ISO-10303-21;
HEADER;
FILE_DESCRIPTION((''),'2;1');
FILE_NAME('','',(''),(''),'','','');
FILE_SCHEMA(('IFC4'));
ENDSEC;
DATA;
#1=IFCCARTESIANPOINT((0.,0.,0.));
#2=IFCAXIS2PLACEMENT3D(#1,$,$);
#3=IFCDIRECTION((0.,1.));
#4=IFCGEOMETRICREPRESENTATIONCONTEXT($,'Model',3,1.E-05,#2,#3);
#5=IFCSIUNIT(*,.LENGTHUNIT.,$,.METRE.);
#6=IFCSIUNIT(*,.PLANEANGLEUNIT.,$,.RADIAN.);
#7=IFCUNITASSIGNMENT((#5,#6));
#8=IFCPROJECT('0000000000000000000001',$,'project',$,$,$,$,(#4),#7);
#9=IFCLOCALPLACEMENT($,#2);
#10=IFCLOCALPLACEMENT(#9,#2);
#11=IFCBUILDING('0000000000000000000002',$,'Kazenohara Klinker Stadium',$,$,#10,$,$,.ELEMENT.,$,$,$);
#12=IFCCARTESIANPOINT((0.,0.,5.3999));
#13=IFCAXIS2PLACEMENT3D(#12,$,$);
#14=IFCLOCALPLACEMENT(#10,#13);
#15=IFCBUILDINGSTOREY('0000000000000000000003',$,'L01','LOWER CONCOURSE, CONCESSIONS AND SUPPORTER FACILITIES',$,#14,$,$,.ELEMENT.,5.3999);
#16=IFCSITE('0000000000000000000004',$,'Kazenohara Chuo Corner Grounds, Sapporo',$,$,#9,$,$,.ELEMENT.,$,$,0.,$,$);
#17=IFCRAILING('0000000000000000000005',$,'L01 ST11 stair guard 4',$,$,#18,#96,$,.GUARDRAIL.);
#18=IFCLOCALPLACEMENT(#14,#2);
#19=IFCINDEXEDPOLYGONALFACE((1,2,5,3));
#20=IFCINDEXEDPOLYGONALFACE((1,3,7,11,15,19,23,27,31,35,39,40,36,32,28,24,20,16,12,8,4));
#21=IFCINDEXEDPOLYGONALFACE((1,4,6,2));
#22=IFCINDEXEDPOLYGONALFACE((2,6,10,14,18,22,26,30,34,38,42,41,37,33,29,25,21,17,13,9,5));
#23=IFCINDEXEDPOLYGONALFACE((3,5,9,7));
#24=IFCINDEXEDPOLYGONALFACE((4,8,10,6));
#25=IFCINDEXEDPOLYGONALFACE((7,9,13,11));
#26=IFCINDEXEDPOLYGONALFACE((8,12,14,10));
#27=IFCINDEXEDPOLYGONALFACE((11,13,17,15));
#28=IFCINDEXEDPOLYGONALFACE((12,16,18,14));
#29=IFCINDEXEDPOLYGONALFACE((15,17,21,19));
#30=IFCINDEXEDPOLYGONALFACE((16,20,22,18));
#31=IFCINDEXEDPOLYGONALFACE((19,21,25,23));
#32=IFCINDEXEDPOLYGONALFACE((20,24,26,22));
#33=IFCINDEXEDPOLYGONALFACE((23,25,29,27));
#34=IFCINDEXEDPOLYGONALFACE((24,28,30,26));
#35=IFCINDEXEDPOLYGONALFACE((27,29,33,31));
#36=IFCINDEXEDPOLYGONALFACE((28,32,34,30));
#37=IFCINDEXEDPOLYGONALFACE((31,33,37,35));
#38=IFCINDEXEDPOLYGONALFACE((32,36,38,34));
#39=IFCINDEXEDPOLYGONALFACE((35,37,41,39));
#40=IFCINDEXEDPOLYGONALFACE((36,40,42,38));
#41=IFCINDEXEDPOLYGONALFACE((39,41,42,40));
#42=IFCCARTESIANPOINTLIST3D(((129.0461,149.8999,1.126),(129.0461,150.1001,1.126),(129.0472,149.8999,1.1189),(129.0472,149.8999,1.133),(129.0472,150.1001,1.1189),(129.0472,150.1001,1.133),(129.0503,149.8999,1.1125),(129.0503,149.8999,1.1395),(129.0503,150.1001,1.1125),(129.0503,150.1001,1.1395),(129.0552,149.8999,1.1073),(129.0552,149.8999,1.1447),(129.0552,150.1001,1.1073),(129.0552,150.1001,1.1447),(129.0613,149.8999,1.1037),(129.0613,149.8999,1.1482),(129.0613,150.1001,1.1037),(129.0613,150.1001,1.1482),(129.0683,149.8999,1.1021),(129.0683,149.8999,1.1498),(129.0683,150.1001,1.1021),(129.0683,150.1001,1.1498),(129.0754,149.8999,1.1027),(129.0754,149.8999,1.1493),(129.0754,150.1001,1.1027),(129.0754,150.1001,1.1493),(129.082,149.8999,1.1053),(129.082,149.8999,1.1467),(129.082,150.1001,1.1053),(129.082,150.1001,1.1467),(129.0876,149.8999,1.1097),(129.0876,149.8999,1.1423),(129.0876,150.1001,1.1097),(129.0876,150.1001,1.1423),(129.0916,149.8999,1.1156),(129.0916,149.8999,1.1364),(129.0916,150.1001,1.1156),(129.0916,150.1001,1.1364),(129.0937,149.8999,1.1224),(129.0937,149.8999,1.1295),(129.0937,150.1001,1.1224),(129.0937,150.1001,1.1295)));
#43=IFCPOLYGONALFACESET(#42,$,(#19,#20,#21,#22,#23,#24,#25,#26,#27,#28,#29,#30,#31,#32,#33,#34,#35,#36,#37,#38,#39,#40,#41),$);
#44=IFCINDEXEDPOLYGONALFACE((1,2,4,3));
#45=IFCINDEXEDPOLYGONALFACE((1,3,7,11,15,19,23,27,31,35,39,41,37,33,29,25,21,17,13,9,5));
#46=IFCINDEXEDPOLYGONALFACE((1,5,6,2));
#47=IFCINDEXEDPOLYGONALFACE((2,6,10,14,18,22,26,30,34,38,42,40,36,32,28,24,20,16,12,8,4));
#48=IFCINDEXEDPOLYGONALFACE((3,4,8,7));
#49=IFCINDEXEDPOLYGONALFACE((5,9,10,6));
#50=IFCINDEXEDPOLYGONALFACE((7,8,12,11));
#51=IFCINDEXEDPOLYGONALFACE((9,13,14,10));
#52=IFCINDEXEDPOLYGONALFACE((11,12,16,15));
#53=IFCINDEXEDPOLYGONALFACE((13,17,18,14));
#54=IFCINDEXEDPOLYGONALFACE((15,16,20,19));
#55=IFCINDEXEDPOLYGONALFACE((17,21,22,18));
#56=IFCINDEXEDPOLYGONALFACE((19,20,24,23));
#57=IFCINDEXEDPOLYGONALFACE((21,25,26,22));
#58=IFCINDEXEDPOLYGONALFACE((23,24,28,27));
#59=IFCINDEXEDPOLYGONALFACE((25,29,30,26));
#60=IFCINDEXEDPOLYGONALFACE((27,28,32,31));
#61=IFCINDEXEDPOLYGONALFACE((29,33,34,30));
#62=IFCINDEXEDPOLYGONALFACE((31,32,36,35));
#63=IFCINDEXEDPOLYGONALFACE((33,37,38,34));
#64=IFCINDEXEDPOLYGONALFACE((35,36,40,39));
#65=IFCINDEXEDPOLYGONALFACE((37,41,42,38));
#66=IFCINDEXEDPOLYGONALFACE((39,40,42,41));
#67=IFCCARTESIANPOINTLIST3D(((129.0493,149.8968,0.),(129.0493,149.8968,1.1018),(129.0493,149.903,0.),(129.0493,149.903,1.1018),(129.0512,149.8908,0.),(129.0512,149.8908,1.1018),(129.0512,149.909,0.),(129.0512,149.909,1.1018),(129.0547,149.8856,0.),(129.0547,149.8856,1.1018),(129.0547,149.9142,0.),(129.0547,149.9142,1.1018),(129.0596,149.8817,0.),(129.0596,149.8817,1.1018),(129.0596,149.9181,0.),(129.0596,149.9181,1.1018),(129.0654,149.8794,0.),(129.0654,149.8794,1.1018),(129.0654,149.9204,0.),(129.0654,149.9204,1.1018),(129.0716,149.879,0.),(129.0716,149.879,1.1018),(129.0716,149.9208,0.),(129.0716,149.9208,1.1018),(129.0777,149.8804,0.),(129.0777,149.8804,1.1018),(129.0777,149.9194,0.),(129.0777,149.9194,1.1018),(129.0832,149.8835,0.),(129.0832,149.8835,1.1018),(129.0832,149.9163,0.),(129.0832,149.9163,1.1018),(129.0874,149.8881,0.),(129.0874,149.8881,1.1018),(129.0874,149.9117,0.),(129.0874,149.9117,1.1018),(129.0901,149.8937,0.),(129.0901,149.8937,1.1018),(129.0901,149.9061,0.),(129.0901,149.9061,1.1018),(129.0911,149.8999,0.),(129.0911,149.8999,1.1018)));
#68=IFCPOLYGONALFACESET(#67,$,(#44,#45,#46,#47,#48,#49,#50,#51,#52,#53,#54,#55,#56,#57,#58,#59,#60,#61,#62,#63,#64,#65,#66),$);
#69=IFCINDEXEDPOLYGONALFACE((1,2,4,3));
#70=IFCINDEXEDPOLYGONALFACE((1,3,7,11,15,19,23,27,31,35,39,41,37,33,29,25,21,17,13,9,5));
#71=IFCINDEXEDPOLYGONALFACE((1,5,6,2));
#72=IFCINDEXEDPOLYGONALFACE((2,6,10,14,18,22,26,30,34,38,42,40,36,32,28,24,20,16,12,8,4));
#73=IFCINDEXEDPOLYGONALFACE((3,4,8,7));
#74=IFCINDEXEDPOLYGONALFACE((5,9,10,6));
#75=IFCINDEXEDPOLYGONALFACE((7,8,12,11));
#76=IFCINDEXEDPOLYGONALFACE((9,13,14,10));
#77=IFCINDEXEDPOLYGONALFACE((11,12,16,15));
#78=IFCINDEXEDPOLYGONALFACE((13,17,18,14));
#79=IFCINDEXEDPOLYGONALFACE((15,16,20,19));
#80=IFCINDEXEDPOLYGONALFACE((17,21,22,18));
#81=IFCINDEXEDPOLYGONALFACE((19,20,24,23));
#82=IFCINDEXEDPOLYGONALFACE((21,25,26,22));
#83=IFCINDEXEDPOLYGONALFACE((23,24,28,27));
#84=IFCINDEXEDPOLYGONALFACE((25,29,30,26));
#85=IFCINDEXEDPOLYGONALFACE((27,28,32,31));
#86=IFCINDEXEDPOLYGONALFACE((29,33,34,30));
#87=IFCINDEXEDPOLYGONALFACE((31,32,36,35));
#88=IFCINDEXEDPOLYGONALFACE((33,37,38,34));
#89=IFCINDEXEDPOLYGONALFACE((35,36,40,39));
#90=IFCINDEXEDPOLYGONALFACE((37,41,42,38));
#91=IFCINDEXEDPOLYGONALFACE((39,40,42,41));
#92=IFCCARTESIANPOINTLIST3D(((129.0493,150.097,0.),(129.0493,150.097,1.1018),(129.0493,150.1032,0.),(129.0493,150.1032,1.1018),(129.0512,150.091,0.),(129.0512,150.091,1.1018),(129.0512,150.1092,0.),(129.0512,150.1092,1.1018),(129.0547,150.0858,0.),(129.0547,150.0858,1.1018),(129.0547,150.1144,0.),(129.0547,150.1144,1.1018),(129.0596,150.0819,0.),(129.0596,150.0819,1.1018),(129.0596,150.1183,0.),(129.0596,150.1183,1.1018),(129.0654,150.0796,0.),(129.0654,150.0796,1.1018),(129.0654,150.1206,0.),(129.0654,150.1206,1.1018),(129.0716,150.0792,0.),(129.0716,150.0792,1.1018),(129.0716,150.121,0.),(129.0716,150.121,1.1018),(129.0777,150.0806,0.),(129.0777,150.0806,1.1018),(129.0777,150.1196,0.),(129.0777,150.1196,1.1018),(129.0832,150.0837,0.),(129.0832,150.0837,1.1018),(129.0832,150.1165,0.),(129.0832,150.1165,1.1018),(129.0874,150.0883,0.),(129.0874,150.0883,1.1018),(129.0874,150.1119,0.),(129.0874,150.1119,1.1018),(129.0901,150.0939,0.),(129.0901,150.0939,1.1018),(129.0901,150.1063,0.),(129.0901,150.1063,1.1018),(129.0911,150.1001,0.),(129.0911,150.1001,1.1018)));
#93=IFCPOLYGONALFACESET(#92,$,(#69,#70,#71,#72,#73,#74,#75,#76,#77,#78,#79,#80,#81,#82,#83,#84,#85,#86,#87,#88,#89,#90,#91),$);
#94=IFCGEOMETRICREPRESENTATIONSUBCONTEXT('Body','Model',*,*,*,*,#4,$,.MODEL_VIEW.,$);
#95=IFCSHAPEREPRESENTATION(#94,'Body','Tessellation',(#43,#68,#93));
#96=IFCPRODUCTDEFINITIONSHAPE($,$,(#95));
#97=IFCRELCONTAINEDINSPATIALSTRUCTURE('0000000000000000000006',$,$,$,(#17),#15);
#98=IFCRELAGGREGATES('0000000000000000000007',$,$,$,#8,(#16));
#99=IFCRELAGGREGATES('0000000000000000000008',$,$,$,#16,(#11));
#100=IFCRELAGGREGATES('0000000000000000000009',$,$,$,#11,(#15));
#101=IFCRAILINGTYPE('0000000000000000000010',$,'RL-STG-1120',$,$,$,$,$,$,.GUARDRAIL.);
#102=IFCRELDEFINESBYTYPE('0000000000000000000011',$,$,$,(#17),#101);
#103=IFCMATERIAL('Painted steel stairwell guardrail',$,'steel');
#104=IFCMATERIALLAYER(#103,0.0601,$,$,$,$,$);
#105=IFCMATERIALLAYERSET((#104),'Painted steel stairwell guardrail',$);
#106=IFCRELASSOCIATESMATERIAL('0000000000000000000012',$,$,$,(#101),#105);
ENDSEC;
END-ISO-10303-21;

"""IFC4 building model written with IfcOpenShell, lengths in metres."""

from ifc_helpers import new_model, si_unit, direction, frame, origin, origin_2d, place, context, subcontext, project, spatial, circle, extrude, material, layer, layer_set, type_object, element, save


model = new_model("IFC4")

# Units and contexts
model_context = context("Model", 3, precision=1e-05, world=origin(), true_north=direction((0.0, 1.0)))
body_context = subcontext(model_context, "Body", "Model", "MODEL_VIEW")
ifc_project = project(units=[si_unit("LENGTHUNIT", "METRE"), si_unit("PLANEANGLEUNIT", "RADIAN")], contexts=[model_context])

# Site, building, storey
site_placement = place(None, origin())
site = spatial("IfcSite", under=ifc_project, at=site_placement, Name="Kazenohara Chuo Corner Grounds, Sapporo", CompositionType="ELEMENT", RefElevation=0.0)
building_placement = place(site_placement, origin())
building = spatial("IfcBuilding", under=site, at=building_placement, Name="Kazenohara Klinker Stadium", CompositionType="ELEMENT")
storey_placement = place(building_placement, frame((0.0, 0.0, 5.3999)))
storey = spatial("IfcBuildingStorey", under=building, at=storey_placement, Name="L01", Description="LOWER CONCOURSE, CONCESSIONS AND SUPPORTER FACILITIES", CompositionType="ELEMENT", Elevation=5.3999)

# Railing
ifc_material_1 = material(Name="Painted steel stairwell guardrail", Category="steel")
ifc_layer_1 = layer(ifc_material_1, 0.0601)
ifc_layer_set_1 = layer_set([ifc_layer_1], Name="Painted steel stairwell guardrail")
railing_type_1 = type_object("IfcRailingType", Name="RL-STG-1120", PredefinedType="GUARDRAIL", material=ifc_layer_set_1)
railing_1_placement = place(storey_placement, frame((129.0701, 149.8999, 0.0)))
element("IfcRailing", 1, at=railing_1_placement, inside=storey, type_object=railing_type_1, Name="L01 ST11 stair guard 4", PredefinedType="GUARDRAIL", context=body_context, shape_type="SweptSolid", body=[
    extrude(circle(Radius=0.0239, at=origin_2d()), frame((0.0, 0.0, 1.126), z_axis=(0.0, 1.0, 0.0), x_axis=(-1.0, 0.0, 0.0)), (0.0, 0.0, 1.0), 0.2002),
    extrude(circle(Radius=0.021, at=origin_2d()), origin(), (0.0, 0.0, 1.0), 1.1018),
    extrude(circle(Radius=0.021, at=origin_2d()), frame((0.0, 0.2002, 0.0)), (0.0, 0.0, 1.0), 1.1018),
])

save(model, "model.ifc")
